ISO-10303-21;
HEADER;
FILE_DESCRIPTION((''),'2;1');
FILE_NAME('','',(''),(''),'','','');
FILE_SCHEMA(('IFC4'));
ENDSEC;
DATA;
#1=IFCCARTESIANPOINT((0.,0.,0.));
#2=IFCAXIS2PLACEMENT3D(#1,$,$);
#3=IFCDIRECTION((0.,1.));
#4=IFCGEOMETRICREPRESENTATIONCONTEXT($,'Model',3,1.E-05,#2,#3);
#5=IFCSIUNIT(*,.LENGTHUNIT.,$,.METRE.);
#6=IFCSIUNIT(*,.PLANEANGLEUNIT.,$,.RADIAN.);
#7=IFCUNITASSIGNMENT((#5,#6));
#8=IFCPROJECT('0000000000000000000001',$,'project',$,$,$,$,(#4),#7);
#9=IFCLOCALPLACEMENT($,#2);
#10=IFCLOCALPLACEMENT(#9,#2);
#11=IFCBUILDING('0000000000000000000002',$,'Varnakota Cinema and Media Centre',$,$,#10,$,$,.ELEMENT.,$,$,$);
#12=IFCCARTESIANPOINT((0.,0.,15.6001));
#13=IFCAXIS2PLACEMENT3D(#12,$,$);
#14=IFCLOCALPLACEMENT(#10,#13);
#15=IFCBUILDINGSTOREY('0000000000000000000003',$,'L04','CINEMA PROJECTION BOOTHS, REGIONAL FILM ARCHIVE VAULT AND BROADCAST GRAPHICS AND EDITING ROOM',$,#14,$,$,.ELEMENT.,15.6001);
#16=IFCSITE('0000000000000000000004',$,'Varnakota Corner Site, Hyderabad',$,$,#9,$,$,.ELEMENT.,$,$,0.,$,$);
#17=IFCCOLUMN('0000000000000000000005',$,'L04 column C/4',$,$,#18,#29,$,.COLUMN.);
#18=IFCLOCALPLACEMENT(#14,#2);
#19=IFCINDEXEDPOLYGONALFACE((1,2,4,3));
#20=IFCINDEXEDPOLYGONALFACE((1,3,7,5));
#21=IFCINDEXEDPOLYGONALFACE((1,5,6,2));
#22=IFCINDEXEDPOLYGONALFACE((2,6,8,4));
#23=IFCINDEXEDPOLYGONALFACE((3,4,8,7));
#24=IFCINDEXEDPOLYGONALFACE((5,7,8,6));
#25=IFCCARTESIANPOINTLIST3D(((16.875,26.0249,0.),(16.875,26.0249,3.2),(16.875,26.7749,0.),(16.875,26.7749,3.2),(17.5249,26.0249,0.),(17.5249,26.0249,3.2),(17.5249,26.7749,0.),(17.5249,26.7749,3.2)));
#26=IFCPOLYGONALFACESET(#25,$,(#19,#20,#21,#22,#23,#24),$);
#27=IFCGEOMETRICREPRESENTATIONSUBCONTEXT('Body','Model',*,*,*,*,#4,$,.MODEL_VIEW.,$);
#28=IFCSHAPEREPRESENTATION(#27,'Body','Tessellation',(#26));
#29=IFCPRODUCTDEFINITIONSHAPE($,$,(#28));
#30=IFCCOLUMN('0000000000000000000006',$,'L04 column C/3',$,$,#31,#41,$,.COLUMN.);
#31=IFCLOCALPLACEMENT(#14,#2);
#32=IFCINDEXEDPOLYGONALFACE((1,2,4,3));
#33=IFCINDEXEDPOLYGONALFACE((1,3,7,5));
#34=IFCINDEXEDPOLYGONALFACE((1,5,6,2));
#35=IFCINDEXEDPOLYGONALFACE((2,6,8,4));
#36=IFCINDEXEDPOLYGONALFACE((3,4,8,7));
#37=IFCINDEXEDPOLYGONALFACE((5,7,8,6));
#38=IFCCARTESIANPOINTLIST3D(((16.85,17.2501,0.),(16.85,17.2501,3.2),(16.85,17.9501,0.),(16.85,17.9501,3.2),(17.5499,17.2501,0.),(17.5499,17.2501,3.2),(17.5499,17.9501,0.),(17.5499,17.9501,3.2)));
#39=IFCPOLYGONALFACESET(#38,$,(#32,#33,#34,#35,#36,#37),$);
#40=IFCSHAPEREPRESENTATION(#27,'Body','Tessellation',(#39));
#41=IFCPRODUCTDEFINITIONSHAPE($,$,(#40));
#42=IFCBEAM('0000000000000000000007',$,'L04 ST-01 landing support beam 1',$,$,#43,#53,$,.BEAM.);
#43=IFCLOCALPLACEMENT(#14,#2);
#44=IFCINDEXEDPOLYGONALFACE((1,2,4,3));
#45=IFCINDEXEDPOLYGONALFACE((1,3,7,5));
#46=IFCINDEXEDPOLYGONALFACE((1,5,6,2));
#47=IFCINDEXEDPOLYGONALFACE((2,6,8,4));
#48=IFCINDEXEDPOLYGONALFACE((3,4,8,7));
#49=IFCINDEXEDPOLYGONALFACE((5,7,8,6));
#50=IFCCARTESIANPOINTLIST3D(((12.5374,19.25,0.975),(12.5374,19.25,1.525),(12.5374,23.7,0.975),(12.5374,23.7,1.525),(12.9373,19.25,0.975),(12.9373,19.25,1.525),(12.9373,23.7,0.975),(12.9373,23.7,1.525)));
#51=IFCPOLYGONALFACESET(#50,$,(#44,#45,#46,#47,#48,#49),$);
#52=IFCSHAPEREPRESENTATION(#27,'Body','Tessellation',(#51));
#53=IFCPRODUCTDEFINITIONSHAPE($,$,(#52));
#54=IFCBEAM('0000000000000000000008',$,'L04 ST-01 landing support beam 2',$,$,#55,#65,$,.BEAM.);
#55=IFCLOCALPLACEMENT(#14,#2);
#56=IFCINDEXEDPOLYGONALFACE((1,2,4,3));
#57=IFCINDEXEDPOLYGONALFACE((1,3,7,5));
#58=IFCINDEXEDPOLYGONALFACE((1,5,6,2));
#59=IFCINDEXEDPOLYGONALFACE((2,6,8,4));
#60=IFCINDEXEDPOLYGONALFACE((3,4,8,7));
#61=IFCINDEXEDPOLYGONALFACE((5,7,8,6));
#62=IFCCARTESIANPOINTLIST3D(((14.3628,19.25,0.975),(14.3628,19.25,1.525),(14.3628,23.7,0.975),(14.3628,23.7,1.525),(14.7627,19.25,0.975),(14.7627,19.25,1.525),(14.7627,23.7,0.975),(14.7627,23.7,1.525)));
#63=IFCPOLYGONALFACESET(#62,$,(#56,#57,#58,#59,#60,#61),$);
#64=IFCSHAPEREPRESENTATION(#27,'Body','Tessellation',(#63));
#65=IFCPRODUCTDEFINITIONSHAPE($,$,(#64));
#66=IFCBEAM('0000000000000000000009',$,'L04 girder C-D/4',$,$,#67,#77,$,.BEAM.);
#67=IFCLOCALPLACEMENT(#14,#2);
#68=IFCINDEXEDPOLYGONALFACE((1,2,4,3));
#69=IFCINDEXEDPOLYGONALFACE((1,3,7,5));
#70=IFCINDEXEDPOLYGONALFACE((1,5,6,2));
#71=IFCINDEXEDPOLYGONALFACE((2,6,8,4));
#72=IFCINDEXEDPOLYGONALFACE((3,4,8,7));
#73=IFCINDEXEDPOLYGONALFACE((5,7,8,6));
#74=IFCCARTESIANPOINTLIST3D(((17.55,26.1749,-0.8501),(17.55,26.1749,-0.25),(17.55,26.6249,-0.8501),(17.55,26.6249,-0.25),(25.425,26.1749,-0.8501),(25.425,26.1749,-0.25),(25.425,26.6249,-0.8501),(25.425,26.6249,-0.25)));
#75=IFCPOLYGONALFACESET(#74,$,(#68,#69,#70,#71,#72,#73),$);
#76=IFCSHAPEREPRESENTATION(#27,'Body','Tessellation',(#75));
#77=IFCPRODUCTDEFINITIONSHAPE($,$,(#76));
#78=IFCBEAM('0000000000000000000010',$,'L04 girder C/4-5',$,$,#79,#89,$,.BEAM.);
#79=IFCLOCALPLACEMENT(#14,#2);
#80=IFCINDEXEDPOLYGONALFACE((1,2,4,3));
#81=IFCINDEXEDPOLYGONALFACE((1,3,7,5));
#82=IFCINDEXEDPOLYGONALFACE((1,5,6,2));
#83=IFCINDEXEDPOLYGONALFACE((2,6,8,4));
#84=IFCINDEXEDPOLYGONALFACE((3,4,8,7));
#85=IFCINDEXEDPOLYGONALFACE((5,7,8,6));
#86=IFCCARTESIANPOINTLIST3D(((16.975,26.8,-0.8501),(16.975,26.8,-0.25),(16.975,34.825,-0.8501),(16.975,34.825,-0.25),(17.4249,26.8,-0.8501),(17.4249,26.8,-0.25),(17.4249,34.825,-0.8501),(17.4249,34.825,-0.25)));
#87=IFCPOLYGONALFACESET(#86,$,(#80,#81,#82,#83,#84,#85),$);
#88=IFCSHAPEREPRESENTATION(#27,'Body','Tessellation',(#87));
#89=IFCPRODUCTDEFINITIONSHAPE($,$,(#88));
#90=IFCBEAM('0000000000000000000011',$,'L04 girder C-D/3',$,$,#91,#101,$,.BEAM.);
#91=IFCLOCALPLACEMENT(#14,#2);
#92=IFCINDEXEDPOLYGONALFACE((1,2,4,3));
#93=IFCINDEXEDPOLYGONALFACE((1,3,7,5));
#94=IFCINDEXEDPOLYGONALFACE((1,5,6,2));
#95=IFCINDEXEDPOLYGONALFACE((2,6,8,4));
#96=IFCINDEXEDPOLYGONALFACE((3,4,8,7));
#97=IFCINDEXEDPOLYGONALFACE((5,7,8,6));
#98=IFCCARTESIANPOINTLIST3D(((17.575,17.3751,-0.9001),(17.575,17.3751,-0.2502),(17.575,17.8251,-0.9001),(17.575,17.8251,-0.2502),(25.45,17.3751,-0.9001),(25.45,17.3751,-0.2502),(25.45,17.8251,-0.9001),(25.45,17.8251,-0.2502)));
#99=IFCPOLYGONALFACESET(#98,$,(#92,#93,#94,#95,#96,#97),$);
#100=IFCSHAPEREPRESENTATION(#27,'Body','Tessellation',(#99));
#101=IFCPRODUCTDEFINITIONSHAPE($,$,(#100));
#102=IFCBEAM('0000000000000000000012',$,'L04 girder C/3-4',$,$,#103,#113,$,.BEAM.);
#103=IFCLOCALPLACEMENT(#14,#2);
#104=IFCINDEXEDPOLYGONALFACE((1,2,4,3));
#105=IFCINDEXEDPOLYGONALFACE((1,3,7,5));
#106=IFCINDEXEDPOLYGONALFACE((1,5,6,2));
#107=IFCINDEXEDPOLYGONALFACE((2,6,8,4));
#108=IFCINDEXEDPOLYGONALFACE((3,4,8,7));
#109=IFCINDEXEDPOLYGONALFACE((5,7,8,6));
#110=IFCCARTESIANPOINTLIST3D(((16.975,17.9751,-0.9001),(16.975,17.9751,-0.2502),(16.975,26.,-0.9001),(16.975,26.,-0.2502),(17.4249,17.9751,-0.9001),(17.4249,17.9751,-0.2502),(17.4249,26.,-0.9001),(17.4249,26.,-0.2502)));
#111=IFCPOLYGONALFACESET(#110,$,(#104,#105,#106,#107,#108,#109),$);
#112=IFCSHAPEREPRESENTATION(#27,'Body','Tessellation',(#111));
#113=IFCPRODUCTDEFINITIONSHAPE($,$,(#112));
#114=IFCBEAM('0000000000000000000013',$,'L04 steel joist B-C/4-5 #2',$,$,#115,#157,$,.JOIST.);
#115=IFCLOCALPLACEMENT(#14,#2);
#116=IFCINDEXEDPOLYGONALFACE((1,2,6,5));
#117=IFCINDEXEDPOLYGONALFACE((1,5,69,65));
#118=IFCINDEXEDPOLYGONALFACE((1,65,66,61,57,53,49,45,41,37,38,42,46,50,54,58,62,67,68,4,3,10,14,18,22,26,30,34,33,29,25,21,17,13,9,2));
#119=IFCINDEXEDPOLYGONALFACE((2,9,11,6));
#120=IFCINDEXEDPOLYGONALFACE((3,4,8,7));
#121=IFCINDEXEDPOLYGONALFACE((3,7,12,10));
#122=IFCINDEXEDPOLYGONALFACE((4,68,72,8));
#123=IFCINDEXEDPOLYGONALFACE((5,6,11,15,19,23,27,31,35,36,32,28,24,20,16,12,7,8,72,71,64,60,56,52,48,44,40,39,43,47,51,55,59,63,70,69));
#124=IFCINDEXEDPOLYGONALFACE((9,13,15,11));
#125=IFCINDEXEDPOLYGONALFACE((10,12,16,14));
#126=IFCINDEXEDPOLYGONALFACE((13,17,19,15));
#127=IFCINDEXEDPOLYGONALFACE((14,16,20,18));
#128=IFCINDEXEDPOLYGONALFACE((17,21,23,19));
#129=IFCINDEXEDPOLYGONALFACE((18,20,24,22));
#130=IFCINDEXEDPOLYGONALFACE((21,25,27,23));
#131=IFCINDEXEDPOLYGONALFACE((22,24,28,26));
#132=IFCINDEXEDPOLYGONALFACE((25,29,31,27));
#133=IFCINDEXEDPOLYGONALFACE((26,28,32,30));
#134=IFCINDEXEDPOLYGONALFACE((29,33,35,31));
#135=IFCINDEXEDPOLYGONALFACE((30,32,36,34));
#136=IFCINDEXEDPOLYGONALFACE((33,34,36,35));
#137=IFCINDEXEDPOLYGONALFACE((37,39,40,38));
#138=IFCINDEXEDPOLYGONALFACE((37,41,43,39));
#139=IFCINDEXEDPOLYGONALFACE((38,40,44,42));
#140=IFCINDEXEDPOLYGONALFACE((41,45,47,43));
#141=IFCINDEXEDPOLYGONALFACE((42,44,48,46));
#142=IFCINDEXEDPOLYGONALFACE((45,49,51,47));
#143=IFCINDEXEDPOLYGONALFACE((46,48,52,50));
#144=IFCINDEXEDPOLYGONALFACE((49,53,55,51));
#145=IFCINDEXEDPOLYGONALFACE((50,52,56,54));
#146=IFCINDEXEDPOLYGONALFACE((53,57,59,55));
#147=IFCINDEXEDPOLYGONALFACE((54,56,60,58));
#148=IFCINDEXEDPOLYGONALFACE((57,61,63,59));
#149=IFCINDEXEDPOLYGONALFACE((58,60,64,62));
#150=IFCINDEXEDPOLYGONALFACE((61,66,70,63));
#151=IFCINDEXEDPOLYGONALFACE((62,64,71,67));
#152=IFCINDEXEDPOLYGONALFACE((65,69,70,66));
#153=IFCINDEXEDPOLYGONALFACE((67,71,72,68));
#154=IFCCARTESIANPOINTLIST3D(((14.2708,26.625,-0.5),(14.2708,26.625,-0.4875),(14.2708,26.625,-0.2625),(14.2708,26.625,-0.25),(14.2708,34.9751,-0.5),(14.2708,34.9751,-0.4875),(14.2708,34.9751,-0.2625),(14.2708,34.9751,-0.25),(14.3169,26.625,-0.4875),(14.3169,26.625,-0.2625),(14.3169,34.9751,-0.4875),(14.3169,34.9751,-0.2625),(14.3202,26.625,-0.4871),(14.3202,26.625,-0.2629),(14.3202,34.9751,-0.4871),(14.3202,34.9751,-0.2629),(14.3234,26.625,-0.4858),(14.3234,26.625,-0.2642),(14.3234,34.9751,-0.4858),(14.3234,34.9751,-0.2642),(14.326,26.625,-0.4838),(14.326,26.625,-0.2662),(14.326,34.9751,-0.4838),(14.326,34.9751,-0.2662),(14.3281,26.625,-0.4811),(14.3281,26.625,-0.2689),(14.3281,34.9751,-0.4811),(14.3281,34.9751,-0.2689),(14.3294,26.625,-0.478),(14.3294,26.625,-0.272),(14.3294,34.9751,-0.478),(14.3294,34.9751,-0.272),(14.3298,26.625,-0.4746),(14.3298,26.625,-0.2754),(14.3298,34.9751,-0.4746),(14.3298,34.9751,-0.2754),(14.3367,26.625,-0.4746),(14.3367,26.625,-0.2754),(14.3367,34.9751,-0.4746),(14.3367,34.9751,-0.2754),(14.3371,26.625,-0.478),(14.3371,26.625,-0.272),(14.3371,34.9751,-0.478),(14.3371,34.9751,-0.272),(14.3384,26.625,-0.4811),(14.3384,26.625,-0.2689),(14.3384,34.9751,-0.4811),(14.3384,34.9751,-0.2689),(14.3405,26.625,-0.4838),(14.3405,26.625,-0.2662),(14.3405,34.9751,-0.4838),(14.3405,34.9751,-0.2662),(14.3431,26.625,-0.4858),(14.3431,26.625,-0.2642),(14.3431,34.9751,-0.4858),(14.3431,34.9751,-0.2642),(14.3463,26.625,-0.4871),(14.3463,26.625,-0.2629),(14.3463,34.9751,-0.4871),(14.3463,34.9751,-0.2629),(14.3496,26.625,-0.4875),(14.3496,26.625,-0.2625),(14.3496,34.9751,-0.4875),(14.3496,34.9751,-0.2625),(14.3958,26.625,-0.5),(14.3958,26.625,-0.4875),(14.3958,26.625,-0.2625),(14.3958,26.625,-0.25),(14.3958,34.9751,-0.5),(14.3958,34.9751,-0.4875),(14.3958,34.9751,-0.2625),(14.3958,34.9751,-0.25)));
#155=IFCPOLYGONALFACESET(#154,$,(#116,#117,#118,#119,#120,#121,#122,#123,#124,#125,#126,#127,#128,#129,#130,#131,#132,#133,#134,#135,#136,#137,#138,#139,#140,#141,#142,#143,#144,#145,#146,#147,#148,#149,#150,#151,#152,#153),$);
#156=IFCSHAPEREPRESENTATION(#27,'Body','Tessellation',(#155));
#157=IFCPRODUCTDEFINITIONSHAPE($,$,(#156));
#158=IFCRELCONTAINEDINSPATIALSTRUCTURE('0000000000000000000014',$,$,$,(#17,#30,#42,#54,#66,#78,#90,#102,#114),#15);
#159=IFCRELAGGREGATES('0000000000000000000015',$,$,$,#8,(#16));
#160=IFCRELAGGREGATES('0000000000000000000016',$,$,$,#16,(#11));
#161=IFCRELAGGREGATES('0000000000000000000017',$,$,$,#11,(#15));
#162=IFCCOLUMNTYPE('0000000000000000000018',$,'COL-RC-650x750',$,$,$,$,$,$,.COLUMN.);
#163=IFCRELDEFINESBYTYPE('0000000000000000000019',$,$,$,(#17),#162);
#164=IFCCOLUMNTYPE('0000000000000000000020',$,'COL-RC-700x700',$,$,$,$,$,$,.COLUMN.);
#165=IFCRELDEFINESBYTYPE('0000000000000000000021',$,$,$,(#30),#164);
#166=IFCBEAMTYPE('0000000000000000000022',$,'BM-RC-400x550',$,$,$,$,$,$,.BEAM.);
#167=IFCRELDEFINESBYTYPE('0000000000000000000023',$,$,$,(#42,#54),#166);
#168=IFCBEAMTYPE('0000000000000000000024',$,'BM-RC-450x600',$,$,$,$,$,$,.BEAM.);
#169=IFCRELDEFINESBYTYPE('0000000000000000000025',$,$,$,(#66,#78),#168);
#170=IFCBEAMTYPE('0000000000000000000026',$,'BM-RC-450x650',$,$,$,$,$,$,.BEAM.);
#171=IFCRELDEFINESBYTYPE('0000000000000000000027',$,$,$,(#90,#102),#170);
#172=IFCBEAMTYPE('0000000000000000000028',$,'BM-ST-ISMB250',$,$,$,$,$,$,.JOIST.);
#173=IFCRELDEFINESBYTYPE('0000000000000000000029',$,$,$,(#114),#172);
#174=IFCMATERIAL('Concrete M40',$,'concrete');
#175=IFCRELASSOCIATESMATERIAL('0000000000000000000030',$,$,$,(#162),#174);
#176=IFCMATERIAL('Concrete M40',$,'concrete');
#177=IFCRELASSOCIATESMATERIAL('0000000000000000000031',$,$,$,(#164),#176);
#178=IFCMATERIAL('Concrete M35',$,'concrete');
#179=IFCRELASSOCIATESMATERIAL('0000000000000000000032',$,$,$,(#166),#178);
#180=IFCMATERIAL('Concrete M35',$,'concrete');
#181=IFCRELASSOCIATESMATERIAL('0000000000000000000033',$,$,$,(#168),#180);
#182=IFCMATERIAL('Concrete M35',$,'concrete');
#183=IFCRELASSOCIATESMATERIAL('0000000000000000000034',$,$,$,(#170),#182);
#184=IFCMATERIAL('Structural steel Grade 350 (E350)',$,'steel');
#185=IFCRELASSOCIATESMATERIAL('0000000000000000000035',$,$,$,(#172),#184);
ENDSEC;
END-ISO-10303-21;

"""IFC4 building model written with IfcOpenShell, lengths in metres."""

from ifc_helpers import new_model, si_unit, direction, frame, origin, origin_2d, place, context, subcontext, project, spatial, rectangle, i_section, extrude, material, material_profile, profile_set, type_object, element, save


model = new_model("IFC4")

# Units and contexts
model_context = context("Model", 3, precision=1e-05, world=origin(), true_north=direction((0.0, 1.0)))
body_context = subcontext(model_context, "Body", "Model", "MODEL_VIEW")
ifc_project = project(units=[si_unit("LENGTHUNIT", "METRE"), si_unit("PLANEANGLEUNIT", "RADIAN")], contexts=[model_context])

# Site, building, storey
site_placement = place(None, origin())
site = spatial("IfcSite", under=ifc_project, at=site_placement, Name="Varnakota Corner Site, Hyderabad", CompositionType="ELEMENT", RefElevation=0.0)
building_placement = place(site_placement, origin())
building = spatial("IfcBuilding", under=site, at=building_placement, Name="Varnakota Cinema and Media Centre", CompositionType="ELEMENT")
storey_placement = place(building_placement, frame((0.0, 0.0, 15.6001)))
storey = spatial("IfcBuildingStorey", under=building, at=storey_placement, Name="L04", Description="CINEMA PROJECTION BOOTHS, REGIONAL FILM ARCHIVE VAULT AND BROADCAST GRAPHICS AND EDITING ROOM", CompositionType="ELEMENT", Elevation=15.6001)

# Columns
ifc_material_1 = material(Name="Concrete M40", Category="concrete")
ifc_material_profile_1 = material_profile(ifc_material_1, rectangle(XDim=0.6499, YDim=0.75, at=origin_2d()), Name="RC 650x750")
ifc_profile_set_1 = profile_set([ifc_material_profile_1], Name="Concrete M40")
column_type_1 = type_object("IfcColumnType", Name="COL-RC-650x750", PredefinedType="COLUMN", material=ifc_profile_set_1)
column_1_placement = place(storey_placement, frame((17.2, 26.3999, 0.0), z_axis=(0.0, 0.0, 1.0), x_axis=(1.0, 0.0, 0.0)))
element("IfcColumn", 1, at=column_1_placement, inside=storey, type_object=column_type_1, Name="L04 column C/4", PredefinedType="COLUMN", context=body_context, shape_type="SweptSolid", body=[
    extrude(rectangle(XDim=0.6499, YDim=0.75, at=origin_2d()), origin(), (0.0, 0.0, 1.0), 3.2),
])
ifc_material_2 = material(Name="Concrete M40", Category="concrete")
ifc_material_profile_2 = material_profile(ifc_material_2, rectangle(XDim=0.7, YDim=0.7, at=origin_2d()), Name="RC 700x700")
ifc_profile_set_2 = profile_set([ifc_material_profile_2], Name="Concrete M40")
column_type_2 = type_object("IfcColumnType", Name="COL-RC-700x700", PredefinedType="COLUMN", material=ifc_profile_set_2)
column_2_placement = place(storey_placement, frame((17.2, 17.6001, 0.0), z_axis=(0.0, 0.0, 1.0), x_axis=(1.0, 0.0, 0.0)))
element("IfcColumn", 2, at=column_2_placement, inside=storey, type_object=column_type_2, Name="L04 column C/3", PredefinedType="COLUMN", context=body_context, shape_type="SweptSolid", body=[
    extrude(rectangle(XDim=0.7, YDim=0.7, at=origin_2d()), origin(), (0.0, 0.0, 1.0), 3.2),
])

# Beams
ifc_material_3 = material(Name="Concrete M35", Category="concrete")
ifc_material_profile_3 = material_profile(ifc_material_3, rectangle(XDim=0.3999, YDim=0.55, at=origin_2d()), Name="RCB 400x550")
ifc_profile_set_3 = profile_set([ifc_material_profile_3], Name="Concrete M35")
beam_type_1 = type_object("IfcBeamType", Name="BM-RC-400x550", PredefinedType="BEAM", material=ifc_profile_set_3)
for number, where, z_axis, x_axis, name in (
    (3, (12.7373, 19.25, 1.25), (0.0, 1.0, 0.0), (-1.0, 0.0, 0.0), "L04 ST-01 landing support beam 1"),
    (4, (14.5627, 19.25, 1.25), (0.0, 1.0, 0.0), (-1.0, 0.0, 0.0), "L04 ST-01 landing support beam 2"),
):
    element("IfcBeam", number, at=place(storey_placement, frame(where, z_axis=z_axis, x_axis=x_axis)), inside=storey, type_object=beam_type_1, Name=name, PredefinedType="BEAM", context=body_context, shape_type="SweptSolid", body=[
        extrude(rectangle(XDim=0.3999, YDim=0.55, at=origin_2d()), origin(), (0.0, 0.0, 1.0), 4.45),
    ])
ifc_material_4 = material(Name="Concrete M35", Category="concrete")
ifc_material_profile_4 = material_profile(ifc_material_4, rectangle(XDim=0.45, YDim=0.6001, at=origin_2d()), Name="RCB 450x600")
ifc_profile_set_4 = profile_set([ifc_material_profile_4], Name="Concrete M35")
beam_type_2 = type_object("IfcBeamType", Name="BM-RC-450x600", PredefinedType="BEAM", material=ifc_profile_set_4)
beam_1_placement = place(storey_placement, frame((17.55, 26.3999, -0.55), z_axis=(1.0, 0.0, 0.0), x_axis=(0.0, 1.0, 0.0)))
element("IfcBeam", 5, at=beam_1_placement, inside=storey, type_object=beam_type_2, Name="L04 girder C-D/4", PredefinedType="BEAM", context=body_context, shape_type="SweptSolid", body=[
    extrude(rectangle(XDim=0.45, YDim=0.6001, at=origin_2d()), origin(), (0.0, 0.0, 1.0), 7.875),
])
beam_2_placement = place(storey_placement, frame((17.2, 26.8, -0.55), z_axis=(0.0, 1.0, 0.0), x_axis=(-1.0, 0.0, 0.0)))
element("IfcBeam", 6, at=beam_2_placement, inside=storey, type_object=beam_type_2, Name="L04 girder C/4-5", PredefinedType="BEAM", context=body_context, shape_type="SweptSolid", body=[
    extrude(rectangle(XDim=0.45, YDim=0.6001, at=origin_2d()), origin(), (0.0, 0.0, 1.0), 8.0249),
])
ifc_material_5 = material(Name="Concrete M35", Category="concrete")
ifc_material_profile_5 = material_profile(ifc_material_5, rectangle(XDim=0.45, YDim=0.6499, at=origin_2d()), Name="RCB 450x650")
ifc_profile_set_5 = profile_set([ifc_material_profile_5], Name="Concrete M35")
beam_type_3 = type_object("IfcBeamType", Name="BM-RC-450x650", PredefinedType="BEAM", material=ifc_profile_set_5)
beam_3_placement = place(storey_placement, frame((17.575, 17.6001, -0.5752), z_axis=(1.0, 0.0, 0.0), x_axis=(0.0, 1.0, 0.0)))
element("IfcBeam", 7, at=beam_3_placement, inside=storey, type_object=beam_type_3, Name="L04 girder C-D/3", PredefinedType="BEAM", context=body_context, shape_type="SweptSolid", body=[
    extrude(rectangle(XDim=0.45, YDim=0.6499, at=origin_2d()), origin(), (0.0, 0.0, 1.0), 7.875),
])
beam_4_placement = place(storey_placement, frame((17.2, 17.9751, -0.5752), z_axis=(0.0, 1.0, 0.0), x_axis=(-1.0, 0.0, 0.0)))
element("IfcBeam", 8, at=beam_4_placement, inside=storey, type_object=beam_type_3, Name="L04 girder C/3-4", PredefinedType="BEAM", context=body_context, shape_type="SweptSolid", body=[
    extrude(rectangle(XDim=0.45, YDim=0.6499, at=origin_2d()), origin(), (0.0, 0.0, 1.0), 8.0249),
])
ifc_material_6 = material(Name="Structural steel Grade 350 (E350)", Category="steel")
ifc_material_profile_6 = material_profile(ifc_material_6, i_section(OverallWidth=0.125, OverallDepth=0.25, WebThickness=0.0068, FlangeThickness=0.0125, FilletRadius=0.0129, at=origin_2d()), Name="ISMB 250")
ifc_profile_set_6 = profile_set([ifc_material_profile_6], Name="Structural steel Grade 350 (E350)")
beam_type_4 = type_object("IfcBeamType", Name="BM-ST-ISMB250", PredefinedType="JOIST", material=ifc_profile_set_6)
beam_5_placement = place(storey_placement, frame((14.3333, 26.625, -0.375), z_axis=(0.0, 1.0, 0.0), x_axis=(-1.0, 0.0, 0.0)))
element("IfcBeam", 9, at=beam_5_placement, inside=storey, type_object=beam_type_4, Name="L04 steel joist B-C/4-5 #2", PredefinedType="JOIST", context=body_context, shape_type="SweptSolid", body=[
    extrude(i_section(OverallWidth=0.125, OverallDepth=0.25, WebThickness=0.0068, FlangeThickness=0.0125, FilletRadius=0.0129, at=origin_2d()), origin(), (0.0, 0.0, 1.0), 8.3501),
])

save(model, "model.ifc")
